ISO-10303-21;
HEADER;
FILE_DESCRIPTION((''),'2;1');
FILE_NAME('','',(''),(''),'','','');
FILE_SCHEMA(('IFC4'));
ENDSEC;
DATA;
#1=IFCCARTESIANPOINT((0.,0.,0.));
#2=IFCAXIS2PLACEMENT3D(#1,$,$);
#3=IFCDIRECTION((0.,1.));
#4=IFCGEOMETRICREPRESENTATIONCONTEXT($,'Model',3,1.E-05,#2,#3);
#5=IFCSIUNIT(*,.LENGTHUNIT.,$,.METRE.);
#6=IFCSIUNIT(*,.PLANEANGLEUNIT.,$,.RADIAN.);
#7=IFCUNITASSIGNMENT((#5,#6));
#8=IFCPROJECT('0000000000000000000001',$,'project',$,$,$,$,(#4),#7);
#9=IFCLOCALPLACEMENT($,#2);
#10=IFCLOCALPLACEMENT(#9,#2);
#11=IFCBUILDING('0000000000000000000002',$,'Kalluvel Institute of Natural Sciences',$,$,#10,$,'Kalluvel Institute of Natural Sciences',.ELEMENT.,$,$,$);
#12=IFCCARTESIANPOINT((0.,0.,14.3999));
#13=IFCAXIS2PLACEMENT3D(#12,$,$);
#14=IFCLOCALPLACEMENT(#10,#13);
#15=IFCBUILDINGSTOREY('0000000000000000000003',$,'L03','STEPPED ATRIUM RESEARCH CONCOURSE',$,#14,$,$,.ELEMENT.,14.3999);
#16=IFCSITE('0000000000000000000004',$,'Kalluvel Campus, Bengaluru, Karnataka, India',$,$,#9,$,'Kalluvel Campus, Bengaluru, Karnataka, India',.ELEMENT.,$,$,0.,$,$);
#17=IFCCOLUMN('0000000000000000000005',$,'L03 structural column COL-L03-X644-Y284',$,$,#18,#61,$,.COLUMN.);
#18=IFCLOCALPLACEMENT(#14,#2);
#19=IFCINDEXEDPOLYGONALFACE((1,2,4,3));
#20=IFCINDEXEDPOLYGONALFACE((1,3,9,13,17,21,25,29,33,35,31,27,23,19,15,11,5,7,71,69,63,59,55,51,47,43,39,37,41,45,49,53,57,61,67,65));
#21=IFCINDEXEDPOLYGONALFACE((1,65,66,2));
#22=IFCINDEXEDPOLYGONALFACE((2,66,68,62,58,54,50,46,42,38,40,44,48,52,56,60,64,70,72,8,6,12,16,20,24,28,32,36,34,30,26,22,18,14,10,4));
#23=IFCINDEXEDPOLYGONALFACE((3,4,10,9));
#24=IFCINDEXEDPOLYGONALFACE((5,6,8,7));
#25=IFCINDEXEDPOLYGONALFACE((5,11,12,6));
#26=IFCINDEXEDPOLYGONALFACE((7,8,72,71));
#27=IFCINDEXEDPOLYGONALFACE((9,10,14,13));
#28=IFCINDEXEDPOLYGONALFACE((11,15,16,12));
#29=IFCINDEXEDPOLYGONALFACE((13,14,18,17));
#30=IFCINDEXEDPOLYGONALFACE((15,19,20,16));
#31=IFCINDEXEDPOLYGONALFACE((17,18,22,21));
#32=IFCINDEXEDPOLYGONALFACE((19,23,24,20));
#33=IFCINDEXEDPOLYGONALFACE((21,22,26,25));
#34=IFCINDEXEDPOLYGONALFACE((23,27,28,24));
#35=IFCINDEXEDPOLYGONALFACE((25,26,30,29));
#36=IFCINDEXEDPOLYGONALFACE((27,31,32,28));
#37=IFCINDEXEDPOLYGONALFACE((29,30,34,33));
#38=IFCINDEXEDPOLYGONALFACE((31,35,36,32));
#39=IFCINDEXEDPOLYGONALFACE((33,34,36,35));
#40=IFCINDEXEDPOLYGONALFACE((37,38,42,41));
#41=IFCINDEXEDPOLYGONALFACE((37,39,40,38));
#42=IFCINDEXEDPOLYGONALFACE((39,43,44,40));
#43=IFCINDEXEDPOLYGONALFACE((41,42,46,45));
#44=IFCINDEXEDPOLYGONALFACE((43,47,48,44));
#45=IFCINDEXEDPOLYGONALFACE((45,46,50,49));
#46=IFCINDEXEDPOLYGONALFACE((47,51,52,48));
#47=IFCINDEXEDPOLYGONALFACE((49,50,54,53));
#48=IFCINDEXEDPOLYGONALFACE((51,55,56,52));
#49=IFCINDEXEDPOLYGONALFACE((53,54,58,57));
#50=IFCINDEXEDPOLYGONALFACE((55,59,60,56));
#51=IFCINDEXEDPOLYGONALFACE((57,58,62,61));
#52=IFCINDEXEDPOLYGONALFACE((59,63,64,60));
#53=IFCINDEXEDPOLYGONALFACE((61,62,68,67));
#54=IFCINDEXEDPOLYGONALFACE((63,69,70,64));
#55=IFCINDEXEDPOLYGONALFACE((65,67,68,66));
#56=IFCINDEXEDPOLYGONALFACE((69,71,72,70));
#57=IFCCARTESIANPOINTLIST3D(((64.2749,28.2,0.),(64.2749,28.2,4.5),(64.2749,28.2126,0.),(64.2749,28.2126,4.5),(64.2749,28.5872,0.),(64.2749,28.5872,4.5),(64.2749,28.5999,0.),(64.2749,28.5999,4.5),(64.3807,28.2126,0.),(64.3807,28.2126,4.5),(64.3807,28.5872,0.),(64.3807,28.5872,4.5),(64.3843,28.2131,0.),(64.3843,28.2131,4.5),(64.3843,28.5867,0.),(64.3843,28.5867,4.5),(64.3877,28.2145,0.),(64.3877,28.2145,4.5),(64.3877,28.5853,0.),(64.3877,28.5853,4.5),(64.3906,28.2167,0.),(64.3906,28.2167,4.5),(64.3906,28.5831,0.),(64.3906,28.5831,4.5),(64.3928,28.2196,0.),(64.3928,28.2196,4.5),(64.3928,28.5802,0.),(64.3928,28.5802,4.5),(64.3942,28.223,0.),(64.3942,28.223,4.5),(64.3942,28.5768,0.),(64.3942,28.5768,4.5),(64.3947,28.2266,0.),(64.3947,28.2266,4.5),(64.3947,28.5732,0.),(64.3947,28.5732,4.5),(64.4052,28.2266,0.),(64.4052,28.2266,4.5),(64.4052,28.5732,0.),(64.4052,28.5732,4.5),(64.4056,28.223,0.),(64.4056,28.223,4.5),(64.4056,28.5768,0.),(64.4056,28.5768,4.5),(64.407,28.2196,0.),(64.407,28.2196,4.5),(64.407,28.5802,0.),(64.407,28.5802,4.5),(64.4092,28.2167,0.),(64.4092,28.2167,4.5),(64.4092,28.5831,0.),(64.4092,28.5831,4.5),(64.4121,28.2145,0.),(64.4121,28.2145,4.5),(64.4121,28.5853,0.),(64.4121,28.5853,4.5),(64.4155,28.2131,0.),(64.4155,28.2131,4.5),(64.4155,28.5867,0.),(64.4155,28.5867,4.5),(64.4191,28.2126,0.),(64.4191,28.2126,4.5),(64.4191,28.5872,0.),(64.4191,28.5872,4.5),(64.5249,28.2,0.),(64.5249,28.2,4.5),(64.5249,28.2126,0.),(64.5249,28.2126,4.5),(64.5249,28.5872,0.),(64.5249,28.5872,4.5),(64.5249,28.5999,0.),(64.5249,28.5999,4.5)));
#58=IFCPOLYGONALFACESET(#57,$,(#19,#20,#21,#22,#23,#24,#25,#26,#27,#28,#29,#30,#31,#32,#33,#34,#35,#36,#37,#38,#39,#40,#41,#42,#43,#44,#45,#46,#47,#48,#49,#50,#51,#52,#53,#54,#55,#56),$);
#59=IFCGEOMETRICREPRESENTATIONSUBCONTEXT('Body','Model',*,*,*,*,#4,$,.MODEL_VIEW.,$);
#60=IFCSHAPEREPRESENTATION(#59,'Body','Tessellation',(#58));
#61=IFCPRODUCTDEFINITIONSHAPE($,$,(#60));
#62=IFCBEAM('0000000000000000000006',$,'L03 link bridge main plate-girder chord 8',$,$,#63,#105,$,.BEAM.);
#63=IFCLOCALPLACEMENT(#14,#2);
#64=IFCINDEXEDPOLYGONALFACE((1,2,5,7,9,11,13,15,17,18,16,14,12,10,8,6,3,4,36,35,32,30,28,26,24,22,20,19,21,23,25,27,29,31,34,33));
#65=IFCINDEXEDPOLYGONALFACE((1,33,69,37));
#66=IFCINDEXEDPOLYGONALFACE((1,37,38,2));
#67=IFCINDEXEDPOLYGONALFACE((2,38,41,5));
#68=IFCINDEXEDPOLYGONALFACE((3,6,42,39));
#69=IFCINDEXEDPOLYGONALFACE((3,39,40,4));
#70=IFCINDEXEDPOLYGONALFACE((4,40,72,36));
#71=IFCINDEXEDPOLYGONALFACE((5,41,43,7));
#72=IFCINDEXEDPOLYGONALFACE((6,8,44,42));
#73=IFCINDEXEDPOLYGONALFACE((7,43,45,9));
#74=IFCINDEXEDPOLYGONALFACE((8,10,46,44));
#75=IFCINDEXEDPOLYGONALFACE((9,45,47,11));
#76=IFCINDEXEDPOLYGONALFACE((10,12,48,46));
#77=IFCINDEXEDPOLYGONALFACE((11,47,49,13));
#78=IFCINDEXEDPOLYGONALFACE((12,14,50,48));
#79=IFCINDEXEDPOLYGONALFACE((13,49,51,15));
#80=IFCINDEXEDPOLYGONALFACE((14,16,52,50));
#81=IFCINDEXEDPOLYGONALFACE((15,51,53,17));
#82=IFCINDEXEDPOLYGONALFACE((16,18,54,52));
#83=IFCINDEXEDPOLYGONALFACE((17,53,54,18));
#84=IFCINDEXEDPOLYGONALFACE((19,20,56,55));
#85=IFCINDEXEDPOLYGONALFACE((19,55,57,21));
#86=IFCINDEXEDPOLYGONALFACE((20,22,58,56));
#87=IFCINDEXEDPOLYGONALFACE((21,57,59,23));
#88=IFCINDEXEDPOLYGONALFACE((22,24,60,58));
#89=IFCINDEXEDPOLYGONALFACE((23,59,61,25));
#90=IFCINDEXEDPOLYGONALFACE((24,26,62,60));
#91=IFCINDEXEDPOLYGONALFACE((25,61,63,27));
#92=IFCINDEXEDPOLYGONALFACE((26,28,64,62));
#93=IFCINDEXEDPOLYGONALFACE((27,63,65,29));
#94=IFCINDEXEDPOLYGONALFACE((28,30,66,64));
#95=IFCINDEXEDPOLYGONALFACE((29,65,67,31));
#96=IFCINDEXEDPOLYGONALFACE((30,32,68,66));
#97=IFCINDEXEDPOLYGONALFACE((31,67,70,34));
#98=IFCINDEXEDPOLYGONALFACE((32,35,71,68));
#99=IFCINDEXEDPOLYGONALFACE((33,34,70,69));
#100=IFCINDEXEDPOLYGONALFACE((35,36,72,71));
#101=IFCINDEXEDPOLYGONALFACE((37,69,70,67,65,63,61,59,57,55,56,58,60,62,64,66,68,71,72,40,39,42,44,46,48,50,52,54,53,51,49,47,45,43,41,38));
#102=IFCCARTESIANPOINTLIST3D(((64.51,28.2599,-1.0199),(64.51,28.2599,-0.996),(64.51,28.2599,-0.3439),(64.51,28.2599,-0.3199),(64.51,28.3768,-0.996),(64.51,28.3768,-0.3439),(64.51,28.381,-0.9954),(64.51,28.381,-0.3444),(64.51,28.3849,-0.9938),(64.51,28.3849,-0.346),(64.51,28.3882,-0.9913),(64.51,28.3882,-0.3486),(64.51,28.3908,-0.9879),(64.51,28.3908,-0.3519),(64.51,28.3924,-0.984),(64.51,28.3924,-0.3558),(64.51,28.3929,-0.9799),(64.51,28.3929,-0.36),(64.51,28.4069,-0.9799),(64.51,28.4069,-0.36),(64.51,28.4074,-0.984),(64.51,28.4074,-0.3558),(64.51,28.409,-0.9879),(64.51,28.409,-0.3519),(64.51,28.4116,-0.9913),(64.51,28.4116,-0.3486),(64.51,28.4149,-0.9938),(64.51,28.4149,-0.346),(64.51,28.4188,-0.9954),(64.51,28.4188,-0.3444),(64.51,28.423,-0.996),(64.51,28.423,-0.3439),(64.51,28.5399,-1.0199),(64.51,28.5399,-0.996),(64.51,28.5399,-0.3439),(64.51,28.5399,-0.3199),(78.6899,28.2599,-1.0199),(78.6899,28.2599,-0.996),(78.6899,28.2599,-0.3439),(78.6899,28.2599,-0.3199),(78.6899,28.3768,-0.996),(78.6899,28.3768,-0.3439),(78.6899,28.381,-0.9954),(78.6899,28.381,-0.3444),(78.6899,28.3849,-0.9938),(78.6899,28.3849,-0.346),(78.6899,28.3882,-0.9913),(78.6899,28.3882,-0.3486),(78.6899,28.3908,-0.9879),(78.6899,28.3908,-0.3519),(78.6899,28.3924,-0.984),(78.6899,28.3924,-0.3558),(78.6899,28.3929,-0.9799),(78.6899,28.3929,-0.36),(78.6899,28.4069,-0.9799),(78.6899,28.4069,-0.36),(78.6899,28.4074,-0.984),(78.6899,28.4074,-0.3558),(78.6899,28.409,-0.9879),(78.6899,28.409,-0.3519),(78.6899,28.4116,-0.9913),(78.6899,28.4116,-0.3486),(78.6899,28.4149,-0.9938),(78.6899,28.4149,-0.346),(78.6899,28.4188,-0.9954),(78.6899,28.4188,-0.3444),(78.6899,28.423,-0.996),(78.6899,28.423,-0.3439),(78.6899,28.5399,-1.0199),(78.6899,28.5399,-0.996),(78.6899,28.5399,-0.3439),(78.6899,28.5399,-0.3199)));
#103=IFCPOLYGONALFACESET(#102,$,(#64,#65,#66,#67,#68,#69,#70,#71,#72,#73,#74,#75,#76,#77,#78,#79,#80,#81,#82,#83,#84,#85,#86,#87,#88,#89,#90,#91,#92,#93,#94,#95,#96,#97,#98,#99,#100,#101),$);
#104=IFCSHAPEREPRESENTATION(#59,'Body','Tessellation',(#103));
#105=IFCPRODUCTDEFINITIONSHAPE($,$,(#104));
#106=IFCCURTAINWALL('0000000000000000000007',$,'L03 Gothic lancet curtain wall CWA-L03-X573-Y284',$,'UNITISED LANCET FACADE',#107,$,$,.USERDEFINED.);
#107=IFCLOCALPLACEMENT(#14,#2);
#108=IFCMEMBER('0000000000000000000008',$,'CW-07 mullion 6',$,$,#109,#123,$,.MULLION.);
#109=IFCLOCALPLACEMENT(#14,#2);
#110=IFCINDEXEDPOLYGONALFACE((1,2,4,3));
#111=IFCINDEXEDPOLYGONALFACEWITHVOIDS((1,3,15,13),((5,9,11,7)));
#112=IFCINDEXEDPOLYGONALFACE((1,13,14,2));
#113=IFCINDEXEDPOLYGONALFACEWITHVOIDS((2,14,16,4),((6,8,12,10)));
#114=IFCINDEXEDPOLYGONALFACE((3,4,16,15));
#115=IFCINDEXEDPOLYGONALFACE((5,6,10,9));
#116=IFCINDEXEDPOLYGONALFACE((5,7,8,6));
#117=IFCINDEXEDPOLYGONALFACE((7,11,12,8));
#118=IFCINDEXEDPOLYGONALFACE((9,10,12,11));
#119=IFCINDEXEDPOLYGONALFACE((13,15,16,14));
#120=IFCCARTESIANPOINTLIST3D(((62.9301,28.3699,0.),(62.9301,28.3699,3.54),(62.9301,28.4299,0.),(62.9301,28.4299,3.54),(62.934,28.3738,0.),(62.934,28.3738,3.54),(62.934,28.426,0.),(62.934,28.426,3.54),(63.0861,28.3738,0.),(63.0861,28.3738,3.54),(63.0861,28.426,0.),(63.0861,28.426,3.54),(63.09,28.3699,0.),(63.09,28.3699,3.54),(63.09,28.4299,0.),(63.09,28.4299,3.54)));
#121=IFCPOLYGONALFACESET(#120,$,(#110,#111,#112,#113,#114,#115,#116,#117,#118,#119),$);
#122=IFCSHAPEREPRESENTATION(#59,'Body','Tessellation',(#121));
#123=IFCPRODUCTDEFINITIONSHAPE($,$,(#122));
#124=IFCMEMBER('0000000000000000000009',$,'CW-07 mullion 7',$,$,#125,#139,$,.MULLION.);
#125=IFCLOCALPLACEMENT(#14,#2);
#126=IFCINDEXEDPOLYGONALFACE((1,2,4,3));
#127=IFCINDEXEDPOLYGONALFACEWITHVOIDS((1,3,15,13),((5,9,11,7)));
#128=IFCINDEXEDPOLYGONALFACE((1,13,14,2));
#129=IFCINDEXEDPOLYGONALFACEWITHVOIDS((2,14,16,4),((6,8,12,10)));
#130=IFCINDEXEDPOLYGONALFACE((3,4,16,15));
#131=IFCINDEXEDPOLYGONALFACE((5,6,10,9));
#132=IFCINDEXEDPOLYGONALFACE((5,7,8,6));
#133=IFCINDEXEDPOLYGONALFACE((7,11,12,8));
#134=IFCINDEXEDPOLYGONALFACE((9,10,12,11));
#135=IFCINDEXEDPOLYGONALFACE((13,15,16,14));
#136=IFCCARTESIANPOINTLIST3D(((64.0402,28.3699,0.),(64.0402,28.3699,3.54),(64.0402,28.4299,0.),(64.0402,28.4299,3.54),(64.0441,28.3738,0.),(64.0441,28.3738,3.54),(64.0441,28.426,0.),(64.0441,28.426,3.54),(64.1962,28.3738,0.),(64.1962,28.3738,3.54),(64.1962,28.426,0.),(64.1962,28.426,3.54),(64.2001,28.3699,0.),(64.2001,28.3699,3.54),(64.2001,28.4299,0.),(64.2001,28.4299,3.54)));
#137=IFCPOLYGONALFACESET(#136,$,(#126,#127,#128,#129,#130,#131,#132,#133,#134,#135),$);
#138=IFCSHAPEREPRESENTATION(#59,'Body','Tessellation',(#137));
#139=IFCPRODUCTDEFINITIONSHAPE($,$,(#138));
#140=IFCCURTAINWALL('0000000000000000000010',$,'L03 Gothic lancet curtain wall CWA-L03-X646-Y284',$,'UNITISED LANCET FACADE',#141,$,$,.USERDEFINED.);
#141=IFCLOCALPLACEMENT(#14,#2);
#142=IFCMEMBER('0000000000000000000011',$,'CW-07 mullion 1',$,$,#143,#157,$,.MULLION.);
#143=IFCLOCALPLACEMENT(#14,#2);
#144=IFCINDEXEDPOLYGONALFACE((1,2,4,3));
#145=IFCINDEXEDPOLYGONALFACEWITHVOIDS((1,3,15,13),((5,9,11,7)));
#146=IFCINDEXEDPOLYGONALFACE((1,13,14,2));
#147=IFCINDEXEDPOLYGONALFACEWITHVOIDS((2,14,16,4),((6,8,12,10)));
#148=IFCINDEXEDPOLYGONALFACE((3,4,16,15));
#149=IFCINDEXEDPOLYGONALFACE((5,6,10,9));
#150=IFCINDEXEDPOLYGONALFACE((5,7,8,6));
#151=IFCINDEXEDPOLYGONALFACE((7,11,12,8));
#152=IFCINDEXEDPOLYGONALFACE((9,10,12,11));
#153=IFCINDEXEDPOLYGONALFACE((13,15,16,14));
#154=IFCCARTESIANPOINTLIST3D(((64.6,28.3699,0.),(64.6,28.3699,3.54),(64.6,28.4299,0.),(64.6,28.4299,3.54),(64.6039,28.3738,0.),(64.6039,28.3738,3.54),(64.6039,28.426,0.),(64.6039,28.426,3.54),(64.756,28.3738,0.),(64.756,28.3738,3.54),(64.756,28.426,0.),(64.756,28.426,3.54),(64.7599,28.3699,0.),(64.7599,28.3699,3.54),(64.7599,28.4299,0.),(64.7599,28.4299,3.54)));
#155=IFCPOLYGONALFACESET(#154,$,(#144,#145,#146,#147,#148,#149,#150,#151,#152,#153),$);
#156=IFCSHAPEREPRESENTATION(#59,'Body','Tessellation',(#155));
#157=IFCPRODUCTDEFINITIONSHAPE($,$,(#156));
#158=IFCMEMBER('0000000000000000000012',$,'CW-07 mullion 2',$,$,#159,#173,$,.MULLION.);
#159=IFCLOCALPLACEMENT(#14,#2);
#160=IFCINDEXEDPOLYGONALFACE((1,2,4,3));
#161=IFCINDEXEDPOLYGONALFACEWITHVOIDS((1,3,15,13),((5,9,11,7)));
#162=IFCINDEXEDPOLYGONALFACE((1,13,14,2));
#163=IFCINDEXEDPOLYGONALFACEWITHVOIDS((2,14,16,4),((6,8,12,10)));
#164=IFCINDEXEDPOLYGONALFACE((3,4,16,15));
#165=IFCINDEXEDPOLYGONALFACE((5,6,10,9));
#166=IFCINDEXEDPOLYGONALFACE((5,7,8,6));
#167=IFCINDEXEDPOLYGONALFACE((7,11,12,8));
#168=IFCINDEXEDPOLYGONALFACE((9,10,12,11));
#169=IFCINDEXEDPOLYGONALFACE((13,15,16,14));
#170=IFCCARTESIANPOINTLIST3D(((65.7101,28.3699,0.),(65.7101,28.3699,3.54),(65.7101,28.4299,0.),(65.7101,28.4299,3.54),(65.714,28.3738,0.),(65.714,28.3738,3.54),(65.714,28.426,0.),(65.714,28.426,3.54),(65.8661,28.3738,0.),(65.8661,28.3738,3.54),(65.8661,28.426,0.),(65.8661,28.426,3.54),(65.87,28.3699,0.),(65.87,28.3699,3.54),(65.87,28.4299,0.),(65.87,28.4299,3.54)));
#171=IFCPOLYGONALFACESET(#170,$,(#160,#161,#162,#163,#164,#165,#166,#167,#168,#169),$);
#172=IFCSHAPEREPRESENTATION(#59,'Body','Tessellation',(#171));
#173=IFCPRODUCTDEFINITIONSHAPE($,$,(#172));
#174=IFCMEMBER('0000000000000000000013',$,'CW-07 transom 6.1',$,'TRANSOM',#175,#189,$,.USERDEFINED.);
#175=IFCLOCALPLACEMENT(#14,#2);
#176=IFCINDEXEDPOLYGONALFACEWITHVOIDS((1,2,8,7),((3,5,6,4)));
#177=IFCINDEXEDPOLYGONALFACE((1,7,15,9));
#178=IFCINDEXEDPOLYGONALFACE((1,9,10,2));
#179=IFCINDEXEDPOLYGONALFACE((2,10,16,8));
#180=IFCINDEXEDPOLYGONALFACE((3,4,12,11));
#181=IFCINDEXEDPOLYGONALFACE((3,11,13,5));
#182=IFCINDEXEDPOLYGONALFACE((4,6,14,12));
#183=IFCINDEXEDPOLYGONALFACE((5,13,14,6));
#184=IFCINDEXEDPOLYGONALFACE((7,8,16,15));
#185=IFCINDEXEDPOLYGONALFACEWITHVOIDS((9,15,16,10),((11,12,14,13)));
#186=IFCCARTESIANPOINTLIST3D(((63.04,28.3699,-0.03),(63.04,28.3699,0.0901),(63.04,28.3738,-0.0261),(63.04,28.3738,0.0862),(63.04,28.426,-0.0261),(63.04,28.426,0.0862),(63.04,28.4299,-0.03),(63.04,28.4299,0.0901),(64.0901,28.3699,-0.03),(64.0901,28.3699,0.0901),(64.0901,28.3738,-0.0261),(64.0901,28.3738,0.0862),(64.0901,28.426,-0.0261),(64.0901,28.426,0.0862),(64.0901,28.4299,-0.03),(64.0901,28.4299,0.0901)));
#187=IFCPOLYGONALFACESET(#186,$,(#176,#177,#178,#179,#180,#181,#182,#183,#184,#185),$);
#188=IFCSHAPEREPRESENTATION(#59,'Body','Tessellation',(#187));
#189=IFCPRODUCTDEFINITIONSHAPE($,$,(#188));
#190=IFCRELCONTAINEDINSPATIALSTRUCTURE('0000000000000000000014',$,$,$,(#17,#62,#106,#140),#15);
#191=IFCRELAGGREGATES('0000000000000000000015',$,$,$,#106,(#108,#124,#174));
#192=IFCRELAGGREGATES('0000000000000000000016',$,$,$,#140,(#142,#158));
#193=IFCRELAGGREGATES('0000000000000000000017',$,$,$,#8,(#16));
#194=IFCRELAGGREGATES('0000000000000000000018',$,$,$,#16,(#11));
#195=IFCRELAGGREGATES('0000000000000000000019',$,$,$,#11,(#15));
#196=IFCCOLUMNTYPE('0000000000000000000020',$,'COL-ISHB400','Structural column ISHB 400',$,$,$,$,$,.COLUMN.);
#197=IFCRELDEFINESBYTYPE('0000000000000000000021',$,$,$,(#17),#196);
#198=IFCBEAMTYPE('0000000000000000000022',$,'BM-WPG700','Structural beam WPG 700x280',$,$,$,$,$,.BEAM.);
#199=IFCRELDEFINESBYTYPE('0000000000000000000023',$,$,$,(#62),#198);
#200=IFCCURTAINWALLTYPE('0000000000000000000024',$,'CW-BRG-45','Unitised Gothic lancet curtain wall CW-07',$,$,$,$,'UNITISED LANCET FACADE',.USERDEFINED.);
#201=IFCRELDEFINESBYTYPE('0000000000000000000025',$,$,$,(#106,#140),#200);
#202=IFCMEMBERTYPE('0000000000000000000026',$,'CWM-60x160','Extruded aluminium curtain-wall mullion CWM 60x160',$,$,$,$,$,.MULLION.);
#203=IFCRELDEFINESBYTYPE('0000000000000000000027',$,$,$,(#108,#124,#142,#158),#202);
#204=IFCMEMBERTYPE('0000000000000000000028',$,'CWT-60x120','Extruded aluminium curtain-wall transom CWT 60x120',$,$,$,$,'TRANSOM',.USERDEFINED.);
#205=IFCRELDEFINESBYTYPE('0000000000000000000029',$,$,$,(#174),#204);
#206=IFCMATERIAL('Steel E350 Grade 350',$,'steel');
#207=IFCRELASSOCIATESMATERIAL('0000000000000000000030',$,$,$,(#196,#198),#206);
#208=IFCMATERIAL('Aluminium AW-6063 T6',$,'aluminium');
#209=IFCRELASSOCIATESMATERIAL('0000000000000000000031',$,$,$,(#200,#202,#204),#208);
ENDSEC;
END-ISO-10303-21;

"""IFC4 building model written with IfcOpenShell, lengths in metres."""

from ifc_helpers import new_model, si_unit, direction, frame, origin, origin_2d, place, context, subcontext, project, spatial, hollow_rectangle, i_section, extrude, material, material_profile, profile_set, type_object, element, aggregate, save


model = new_model("IFC4")

# Units and contexts
model_context = context("Model", 3, precision=1e-05, world=origin(), true_north=direction((0.0, 1.0)))
body_context = subcontext(model_context, "Body", "Model", "MODEL_VIEW")
ifc_project = project(units=[si_unit("LENGTHUNIT", "METRE"), si_unit("PLANEANGLEUNIT", "RADIAN")], contexts=[model_context])

# Site, building, storey
site_placement = place(None, origin())
site = spatial("IfcSite", under=ifc_project, at=site_placement, Name="Kalluvel Campus, Bengaluru, Karnataka, India", LongName="Kalluvel Campus, Bengaluru, Karnataka, India", CompositionType="ELEMENT", RefElevation=0.0)
building_placement = place(site_placement, origin())
building = spatial("IfcBuilding", under=site, at=building_placement, Name="Kalluvel Institute of Natural Sciences", LongName="Kalluvel Institute of Natural Sciences", CompositionType="ELEMENT")
storey_placement = place(building_placement, frame((0.0, 0.0, 14.3999)))
storey = spatial("IfcBuildingStorey", under=building, at=storey_placement, Name="L03", Description="STEPPED ATRIUM RESEARCH CONCOURSE", CompositionType="ELEMENT", Elevation=14.3999)

# Column
ifc_material_1 = material(Name="Steel E350 Grade 350", Category="steel")
ifc_material_profile_1 = material_profile(ifc_material_1, i_section(OverallWidth=0.25, OverallDepth=0.3999, WebThickness=0.0105, FlangeThickness=0.0127, FilletRadius=0.0139, at=origin_2d()), Name="ISHB 400")
ifc_profile_set_1 = profile_set([ifc_material_profile_1], Name="Steel E350 Grade 350")
column_type = type_object("IfcColumnType", Name="COL-ISHB400", Description="Structural column ISHB 400", PredefinedType="COLUMN", material=ifc_profile_set_1)
column_placement = place(storey_placement, frame((64.3999, 28.3999, 0.0), z_axis=(0.0, 0.0, 1.0), x_axis=(1.0, 0.0, 0.0)))
element("IfcColumn", 1, at=column_placement, inside=storey, type_object=column_type, Name="L03 structural column COL-L03-X644-Y284", PredefinedType="COLUMN", context=body_context, shape_type="SweptSolid", body=[
    extrude(i_section(OverallWidth=0.25, OverallDepth=0.3999, WebThickness=0.0105, FlangeThickness=0.0127, FilletRadius=0.0139, at=origin_2d()), origin(), (0.0, 0.0, 1.0), 4.5),
])

# Beam
ifc_material_profile_2 = material_profile(ifc_material_1, i_section(OverallWidth=0.28, OverallDepth=0.7, WebThickness=0.0139, FlangeThickness=0.0239, FilletRadius=0.0161, at=origin_2d()), Name="WPG 700x280")
ifc_profile_set_2 = profile_set([ifc_material_profile_2], Name="Steel E350 Grade 350")
beam_type = type_object("IfcBeamType", Name="BM-WPG700", Description="Structural beam WPG 700x280", PredefinedType="BEAM", material=ifc_profile_set_2)
beam_placement = place(storey_placement, frame((64.51, 28.3999, -0.6699), z_axis=(1.0, 0.0, 0.0), x_axis=(0.0, 1.0, 0.0)))
element("IfcBeam", 2, at=beam_placement, inside=storey, type_object=beam_type, Name="L03 link bridge main plate-girder chord 8", PredefinedType="BEAM", context=body_context, shape_type="SweptSolid", body=[
    extrude(i_section(OverallWidth=0.28, OverallDepth=0.7, WebThickness=0.0139, FlangeThickness=0.0239, FilletRadius=0.0161, at=origin_2d()), origin(), (0.0, 0.0, 1.0), 14.1799),
])

# Curtain walls, members
ifc_material_2 = material(Name="Aluminium AW-6063 T6", Category="aluminium")
curtain_wall_type = type_object("IfcCurtainWallType", Name="CW-BRG-45", Description="Unitised Gothic lancet curtain wall CW-07", ElementType="UNITISED LANCET FACADE", PredefinedType="USERDEFINED", material=ifc_material_2)
curtain_wall_1_placement = place(storey_placement, origin())
curtain_wall_1 = element("IfcCurtainWall", 3, at=curtain_wall_1_placement, inside=storey, type_object=curtain_wall_type, Name="L03 Gothic lancet curtain wall CWA-L03-X573-Y284", ObjectType="UNITISED LANCET FACADE", PredefinedType="USERDEFINED")
ifc_material_profile_3 = material_profile(ifc_material_2, hollow_rectangle(XDim=0.0601, YDim=0.1599, WallThickness=0.0039, at=origin_2d()), Name="CWM 60x160")
ifc_profile_set_3 = profile_set([ifc_material_profile_3], Name="Aluminium AW-6063 T6")
member_type_1 = type_object("IfcMemberType", Name="CWM-60x160", Description="Extruded aluminium curtain-wall mullion CWM 60x160", PredefinedType="MULLION", material=ifc_profile_set_3)
member_1_placement = place(storey_placement, frame((63.01, 28.3999, 0.0), z_axis=(0.0, 0.0, 1.0), x_axis=(0.0, 1.0, 0.0)))
member_1 = element("IfcMember", 4, at=member_1_placement, type_object=member_type_1, Name="CW-07 mullion 6", PredefinedType="MULLION", context=body_context, shape_type="SweptSolid", body=[
    extrude(hollow_rectangle(XDim=0.0601, YDim=0.1599, WallThickness=0.0039, at=origin_2d()), origin(), (0.0, 0.0, 1.0), 3.54),
])
member_2_placement = place(storey_placement, frame((64.1201, 28.3999, 0.0), z_axis=(0.0, 0.0, 1.0), x_axis=(0.0, 1.0, 0.0)))
member_2 = element("IfcMember", 5, at=member_2_placement, type_object=member_type_1, Name="CW-07 mullion 7", PredefinedType="MULLION", context=body_context, shape_type="SweptSolid", body=[
    extrude(hollow_rectangle(XDim=0.0601, YDim=0.1599, WallThickness=0.0039, at=origin_2d()), origin(), (0.0, 0.0, 1.0), 3.54),
])
curtain_wall_2_placement = place(storey_placement, origin())
curtain_wall_2 = element("IfcCurtainWall", 6, at=curtain_wall_2_placement, inside=storey, type_object=curtain_wall_type, Name="L03 Gothic lancet curtain wall CWA-L03-X646-Y284", ObjectType="UNITISED LANCET FACADE", PredefinedType="USERDEFINED")
member_3_placement = place(storey_placement, frame((64.6799, 28.3999, 0.0), z_axis=(0.0, 0.0, 1.0), x_axis=(0.0, 1.0, 0.0)))
member_3 = element("IfcMember", 7, at=member_3_placement, type_object=member_type_1, Name="CW-07 mullion 1", PredefinedType="MULLION", context=body_context, shape_type="SweptSolid", body=[
    extrude(hollow_rectangle(XDim=0.0601, YDim=0.1599, WallThickness=0.0039, at=origin_2d()), origin(), (0.0, 0.0, 1.0), 3.54),
])
member_4_placement = place(storey_placement, frame((65.79, 28.3999, 0.0), z_axis=(0.0, 0.0, 1.0), x_axis=(0.0, 1.0, 0.0)))
member_4 = element("IfcMember", 8, at=member_4_placement, type_object=member_type_1, Name="CW-07 mullion 2", PredefinedType="MULLION", context=body_context, shape_type="SweptSolid", body=[
    extrude(hollow_rectangle(XDim=0.0601, YDim=0.1599, WallThickness=0.0039, at=origin_2d()), origin(), (0.0, 0.0, 1.0), 3.54),
])

# Member
ifc_material_profile_4 = material_profile(ifc_material_2, hollow_rectangle(XDim=0.0601, YDim=0.1201, WallThickness=0.0039, at=origin_2d()), Name="CWT 60x120")
ifc_profile_set_4 = profile_set([ifc_material_profile_4], Name="Aluminium AW-6063 T6")
member_type_2 = type_object("IfcMemberType", Name="CWT-60x120", Description="Extruded aluminium curtain-wall transom CWT 60x120", ElementType="TRANSOM", PredefinedType="USERDEFINED", material=ifc_profile_set_4)
member_5_placement = place(storey_placement, frame((63.04, 28.3999, 0.03), z_axis=(1.0, 0.0, 0.0), x_axis=(0.0, 1.0, 0.0)))
member_5 = element("IfcMember", 9, at=member_5_placement, type_object=member_type_2, Name="CW-07 transom 6.1", ObjectType="TRANSOM", PredefinedType="USERDEFINED", context=body_context, shape_type="SweptSolid", body=[
    extrude(hollow_rectangle(XDim=0.0601, YDim=0.1201, WallThickness=0.0039, at=origin_2d()), origin(), (0.0, 0.0, 1.0), 1.05),
])

aggregate(curtain_wall_1, [member_1, member_2, member_5])
aggregate(curtain_wall_2, [member_3, member_4])

save(model, "model.ifc")
